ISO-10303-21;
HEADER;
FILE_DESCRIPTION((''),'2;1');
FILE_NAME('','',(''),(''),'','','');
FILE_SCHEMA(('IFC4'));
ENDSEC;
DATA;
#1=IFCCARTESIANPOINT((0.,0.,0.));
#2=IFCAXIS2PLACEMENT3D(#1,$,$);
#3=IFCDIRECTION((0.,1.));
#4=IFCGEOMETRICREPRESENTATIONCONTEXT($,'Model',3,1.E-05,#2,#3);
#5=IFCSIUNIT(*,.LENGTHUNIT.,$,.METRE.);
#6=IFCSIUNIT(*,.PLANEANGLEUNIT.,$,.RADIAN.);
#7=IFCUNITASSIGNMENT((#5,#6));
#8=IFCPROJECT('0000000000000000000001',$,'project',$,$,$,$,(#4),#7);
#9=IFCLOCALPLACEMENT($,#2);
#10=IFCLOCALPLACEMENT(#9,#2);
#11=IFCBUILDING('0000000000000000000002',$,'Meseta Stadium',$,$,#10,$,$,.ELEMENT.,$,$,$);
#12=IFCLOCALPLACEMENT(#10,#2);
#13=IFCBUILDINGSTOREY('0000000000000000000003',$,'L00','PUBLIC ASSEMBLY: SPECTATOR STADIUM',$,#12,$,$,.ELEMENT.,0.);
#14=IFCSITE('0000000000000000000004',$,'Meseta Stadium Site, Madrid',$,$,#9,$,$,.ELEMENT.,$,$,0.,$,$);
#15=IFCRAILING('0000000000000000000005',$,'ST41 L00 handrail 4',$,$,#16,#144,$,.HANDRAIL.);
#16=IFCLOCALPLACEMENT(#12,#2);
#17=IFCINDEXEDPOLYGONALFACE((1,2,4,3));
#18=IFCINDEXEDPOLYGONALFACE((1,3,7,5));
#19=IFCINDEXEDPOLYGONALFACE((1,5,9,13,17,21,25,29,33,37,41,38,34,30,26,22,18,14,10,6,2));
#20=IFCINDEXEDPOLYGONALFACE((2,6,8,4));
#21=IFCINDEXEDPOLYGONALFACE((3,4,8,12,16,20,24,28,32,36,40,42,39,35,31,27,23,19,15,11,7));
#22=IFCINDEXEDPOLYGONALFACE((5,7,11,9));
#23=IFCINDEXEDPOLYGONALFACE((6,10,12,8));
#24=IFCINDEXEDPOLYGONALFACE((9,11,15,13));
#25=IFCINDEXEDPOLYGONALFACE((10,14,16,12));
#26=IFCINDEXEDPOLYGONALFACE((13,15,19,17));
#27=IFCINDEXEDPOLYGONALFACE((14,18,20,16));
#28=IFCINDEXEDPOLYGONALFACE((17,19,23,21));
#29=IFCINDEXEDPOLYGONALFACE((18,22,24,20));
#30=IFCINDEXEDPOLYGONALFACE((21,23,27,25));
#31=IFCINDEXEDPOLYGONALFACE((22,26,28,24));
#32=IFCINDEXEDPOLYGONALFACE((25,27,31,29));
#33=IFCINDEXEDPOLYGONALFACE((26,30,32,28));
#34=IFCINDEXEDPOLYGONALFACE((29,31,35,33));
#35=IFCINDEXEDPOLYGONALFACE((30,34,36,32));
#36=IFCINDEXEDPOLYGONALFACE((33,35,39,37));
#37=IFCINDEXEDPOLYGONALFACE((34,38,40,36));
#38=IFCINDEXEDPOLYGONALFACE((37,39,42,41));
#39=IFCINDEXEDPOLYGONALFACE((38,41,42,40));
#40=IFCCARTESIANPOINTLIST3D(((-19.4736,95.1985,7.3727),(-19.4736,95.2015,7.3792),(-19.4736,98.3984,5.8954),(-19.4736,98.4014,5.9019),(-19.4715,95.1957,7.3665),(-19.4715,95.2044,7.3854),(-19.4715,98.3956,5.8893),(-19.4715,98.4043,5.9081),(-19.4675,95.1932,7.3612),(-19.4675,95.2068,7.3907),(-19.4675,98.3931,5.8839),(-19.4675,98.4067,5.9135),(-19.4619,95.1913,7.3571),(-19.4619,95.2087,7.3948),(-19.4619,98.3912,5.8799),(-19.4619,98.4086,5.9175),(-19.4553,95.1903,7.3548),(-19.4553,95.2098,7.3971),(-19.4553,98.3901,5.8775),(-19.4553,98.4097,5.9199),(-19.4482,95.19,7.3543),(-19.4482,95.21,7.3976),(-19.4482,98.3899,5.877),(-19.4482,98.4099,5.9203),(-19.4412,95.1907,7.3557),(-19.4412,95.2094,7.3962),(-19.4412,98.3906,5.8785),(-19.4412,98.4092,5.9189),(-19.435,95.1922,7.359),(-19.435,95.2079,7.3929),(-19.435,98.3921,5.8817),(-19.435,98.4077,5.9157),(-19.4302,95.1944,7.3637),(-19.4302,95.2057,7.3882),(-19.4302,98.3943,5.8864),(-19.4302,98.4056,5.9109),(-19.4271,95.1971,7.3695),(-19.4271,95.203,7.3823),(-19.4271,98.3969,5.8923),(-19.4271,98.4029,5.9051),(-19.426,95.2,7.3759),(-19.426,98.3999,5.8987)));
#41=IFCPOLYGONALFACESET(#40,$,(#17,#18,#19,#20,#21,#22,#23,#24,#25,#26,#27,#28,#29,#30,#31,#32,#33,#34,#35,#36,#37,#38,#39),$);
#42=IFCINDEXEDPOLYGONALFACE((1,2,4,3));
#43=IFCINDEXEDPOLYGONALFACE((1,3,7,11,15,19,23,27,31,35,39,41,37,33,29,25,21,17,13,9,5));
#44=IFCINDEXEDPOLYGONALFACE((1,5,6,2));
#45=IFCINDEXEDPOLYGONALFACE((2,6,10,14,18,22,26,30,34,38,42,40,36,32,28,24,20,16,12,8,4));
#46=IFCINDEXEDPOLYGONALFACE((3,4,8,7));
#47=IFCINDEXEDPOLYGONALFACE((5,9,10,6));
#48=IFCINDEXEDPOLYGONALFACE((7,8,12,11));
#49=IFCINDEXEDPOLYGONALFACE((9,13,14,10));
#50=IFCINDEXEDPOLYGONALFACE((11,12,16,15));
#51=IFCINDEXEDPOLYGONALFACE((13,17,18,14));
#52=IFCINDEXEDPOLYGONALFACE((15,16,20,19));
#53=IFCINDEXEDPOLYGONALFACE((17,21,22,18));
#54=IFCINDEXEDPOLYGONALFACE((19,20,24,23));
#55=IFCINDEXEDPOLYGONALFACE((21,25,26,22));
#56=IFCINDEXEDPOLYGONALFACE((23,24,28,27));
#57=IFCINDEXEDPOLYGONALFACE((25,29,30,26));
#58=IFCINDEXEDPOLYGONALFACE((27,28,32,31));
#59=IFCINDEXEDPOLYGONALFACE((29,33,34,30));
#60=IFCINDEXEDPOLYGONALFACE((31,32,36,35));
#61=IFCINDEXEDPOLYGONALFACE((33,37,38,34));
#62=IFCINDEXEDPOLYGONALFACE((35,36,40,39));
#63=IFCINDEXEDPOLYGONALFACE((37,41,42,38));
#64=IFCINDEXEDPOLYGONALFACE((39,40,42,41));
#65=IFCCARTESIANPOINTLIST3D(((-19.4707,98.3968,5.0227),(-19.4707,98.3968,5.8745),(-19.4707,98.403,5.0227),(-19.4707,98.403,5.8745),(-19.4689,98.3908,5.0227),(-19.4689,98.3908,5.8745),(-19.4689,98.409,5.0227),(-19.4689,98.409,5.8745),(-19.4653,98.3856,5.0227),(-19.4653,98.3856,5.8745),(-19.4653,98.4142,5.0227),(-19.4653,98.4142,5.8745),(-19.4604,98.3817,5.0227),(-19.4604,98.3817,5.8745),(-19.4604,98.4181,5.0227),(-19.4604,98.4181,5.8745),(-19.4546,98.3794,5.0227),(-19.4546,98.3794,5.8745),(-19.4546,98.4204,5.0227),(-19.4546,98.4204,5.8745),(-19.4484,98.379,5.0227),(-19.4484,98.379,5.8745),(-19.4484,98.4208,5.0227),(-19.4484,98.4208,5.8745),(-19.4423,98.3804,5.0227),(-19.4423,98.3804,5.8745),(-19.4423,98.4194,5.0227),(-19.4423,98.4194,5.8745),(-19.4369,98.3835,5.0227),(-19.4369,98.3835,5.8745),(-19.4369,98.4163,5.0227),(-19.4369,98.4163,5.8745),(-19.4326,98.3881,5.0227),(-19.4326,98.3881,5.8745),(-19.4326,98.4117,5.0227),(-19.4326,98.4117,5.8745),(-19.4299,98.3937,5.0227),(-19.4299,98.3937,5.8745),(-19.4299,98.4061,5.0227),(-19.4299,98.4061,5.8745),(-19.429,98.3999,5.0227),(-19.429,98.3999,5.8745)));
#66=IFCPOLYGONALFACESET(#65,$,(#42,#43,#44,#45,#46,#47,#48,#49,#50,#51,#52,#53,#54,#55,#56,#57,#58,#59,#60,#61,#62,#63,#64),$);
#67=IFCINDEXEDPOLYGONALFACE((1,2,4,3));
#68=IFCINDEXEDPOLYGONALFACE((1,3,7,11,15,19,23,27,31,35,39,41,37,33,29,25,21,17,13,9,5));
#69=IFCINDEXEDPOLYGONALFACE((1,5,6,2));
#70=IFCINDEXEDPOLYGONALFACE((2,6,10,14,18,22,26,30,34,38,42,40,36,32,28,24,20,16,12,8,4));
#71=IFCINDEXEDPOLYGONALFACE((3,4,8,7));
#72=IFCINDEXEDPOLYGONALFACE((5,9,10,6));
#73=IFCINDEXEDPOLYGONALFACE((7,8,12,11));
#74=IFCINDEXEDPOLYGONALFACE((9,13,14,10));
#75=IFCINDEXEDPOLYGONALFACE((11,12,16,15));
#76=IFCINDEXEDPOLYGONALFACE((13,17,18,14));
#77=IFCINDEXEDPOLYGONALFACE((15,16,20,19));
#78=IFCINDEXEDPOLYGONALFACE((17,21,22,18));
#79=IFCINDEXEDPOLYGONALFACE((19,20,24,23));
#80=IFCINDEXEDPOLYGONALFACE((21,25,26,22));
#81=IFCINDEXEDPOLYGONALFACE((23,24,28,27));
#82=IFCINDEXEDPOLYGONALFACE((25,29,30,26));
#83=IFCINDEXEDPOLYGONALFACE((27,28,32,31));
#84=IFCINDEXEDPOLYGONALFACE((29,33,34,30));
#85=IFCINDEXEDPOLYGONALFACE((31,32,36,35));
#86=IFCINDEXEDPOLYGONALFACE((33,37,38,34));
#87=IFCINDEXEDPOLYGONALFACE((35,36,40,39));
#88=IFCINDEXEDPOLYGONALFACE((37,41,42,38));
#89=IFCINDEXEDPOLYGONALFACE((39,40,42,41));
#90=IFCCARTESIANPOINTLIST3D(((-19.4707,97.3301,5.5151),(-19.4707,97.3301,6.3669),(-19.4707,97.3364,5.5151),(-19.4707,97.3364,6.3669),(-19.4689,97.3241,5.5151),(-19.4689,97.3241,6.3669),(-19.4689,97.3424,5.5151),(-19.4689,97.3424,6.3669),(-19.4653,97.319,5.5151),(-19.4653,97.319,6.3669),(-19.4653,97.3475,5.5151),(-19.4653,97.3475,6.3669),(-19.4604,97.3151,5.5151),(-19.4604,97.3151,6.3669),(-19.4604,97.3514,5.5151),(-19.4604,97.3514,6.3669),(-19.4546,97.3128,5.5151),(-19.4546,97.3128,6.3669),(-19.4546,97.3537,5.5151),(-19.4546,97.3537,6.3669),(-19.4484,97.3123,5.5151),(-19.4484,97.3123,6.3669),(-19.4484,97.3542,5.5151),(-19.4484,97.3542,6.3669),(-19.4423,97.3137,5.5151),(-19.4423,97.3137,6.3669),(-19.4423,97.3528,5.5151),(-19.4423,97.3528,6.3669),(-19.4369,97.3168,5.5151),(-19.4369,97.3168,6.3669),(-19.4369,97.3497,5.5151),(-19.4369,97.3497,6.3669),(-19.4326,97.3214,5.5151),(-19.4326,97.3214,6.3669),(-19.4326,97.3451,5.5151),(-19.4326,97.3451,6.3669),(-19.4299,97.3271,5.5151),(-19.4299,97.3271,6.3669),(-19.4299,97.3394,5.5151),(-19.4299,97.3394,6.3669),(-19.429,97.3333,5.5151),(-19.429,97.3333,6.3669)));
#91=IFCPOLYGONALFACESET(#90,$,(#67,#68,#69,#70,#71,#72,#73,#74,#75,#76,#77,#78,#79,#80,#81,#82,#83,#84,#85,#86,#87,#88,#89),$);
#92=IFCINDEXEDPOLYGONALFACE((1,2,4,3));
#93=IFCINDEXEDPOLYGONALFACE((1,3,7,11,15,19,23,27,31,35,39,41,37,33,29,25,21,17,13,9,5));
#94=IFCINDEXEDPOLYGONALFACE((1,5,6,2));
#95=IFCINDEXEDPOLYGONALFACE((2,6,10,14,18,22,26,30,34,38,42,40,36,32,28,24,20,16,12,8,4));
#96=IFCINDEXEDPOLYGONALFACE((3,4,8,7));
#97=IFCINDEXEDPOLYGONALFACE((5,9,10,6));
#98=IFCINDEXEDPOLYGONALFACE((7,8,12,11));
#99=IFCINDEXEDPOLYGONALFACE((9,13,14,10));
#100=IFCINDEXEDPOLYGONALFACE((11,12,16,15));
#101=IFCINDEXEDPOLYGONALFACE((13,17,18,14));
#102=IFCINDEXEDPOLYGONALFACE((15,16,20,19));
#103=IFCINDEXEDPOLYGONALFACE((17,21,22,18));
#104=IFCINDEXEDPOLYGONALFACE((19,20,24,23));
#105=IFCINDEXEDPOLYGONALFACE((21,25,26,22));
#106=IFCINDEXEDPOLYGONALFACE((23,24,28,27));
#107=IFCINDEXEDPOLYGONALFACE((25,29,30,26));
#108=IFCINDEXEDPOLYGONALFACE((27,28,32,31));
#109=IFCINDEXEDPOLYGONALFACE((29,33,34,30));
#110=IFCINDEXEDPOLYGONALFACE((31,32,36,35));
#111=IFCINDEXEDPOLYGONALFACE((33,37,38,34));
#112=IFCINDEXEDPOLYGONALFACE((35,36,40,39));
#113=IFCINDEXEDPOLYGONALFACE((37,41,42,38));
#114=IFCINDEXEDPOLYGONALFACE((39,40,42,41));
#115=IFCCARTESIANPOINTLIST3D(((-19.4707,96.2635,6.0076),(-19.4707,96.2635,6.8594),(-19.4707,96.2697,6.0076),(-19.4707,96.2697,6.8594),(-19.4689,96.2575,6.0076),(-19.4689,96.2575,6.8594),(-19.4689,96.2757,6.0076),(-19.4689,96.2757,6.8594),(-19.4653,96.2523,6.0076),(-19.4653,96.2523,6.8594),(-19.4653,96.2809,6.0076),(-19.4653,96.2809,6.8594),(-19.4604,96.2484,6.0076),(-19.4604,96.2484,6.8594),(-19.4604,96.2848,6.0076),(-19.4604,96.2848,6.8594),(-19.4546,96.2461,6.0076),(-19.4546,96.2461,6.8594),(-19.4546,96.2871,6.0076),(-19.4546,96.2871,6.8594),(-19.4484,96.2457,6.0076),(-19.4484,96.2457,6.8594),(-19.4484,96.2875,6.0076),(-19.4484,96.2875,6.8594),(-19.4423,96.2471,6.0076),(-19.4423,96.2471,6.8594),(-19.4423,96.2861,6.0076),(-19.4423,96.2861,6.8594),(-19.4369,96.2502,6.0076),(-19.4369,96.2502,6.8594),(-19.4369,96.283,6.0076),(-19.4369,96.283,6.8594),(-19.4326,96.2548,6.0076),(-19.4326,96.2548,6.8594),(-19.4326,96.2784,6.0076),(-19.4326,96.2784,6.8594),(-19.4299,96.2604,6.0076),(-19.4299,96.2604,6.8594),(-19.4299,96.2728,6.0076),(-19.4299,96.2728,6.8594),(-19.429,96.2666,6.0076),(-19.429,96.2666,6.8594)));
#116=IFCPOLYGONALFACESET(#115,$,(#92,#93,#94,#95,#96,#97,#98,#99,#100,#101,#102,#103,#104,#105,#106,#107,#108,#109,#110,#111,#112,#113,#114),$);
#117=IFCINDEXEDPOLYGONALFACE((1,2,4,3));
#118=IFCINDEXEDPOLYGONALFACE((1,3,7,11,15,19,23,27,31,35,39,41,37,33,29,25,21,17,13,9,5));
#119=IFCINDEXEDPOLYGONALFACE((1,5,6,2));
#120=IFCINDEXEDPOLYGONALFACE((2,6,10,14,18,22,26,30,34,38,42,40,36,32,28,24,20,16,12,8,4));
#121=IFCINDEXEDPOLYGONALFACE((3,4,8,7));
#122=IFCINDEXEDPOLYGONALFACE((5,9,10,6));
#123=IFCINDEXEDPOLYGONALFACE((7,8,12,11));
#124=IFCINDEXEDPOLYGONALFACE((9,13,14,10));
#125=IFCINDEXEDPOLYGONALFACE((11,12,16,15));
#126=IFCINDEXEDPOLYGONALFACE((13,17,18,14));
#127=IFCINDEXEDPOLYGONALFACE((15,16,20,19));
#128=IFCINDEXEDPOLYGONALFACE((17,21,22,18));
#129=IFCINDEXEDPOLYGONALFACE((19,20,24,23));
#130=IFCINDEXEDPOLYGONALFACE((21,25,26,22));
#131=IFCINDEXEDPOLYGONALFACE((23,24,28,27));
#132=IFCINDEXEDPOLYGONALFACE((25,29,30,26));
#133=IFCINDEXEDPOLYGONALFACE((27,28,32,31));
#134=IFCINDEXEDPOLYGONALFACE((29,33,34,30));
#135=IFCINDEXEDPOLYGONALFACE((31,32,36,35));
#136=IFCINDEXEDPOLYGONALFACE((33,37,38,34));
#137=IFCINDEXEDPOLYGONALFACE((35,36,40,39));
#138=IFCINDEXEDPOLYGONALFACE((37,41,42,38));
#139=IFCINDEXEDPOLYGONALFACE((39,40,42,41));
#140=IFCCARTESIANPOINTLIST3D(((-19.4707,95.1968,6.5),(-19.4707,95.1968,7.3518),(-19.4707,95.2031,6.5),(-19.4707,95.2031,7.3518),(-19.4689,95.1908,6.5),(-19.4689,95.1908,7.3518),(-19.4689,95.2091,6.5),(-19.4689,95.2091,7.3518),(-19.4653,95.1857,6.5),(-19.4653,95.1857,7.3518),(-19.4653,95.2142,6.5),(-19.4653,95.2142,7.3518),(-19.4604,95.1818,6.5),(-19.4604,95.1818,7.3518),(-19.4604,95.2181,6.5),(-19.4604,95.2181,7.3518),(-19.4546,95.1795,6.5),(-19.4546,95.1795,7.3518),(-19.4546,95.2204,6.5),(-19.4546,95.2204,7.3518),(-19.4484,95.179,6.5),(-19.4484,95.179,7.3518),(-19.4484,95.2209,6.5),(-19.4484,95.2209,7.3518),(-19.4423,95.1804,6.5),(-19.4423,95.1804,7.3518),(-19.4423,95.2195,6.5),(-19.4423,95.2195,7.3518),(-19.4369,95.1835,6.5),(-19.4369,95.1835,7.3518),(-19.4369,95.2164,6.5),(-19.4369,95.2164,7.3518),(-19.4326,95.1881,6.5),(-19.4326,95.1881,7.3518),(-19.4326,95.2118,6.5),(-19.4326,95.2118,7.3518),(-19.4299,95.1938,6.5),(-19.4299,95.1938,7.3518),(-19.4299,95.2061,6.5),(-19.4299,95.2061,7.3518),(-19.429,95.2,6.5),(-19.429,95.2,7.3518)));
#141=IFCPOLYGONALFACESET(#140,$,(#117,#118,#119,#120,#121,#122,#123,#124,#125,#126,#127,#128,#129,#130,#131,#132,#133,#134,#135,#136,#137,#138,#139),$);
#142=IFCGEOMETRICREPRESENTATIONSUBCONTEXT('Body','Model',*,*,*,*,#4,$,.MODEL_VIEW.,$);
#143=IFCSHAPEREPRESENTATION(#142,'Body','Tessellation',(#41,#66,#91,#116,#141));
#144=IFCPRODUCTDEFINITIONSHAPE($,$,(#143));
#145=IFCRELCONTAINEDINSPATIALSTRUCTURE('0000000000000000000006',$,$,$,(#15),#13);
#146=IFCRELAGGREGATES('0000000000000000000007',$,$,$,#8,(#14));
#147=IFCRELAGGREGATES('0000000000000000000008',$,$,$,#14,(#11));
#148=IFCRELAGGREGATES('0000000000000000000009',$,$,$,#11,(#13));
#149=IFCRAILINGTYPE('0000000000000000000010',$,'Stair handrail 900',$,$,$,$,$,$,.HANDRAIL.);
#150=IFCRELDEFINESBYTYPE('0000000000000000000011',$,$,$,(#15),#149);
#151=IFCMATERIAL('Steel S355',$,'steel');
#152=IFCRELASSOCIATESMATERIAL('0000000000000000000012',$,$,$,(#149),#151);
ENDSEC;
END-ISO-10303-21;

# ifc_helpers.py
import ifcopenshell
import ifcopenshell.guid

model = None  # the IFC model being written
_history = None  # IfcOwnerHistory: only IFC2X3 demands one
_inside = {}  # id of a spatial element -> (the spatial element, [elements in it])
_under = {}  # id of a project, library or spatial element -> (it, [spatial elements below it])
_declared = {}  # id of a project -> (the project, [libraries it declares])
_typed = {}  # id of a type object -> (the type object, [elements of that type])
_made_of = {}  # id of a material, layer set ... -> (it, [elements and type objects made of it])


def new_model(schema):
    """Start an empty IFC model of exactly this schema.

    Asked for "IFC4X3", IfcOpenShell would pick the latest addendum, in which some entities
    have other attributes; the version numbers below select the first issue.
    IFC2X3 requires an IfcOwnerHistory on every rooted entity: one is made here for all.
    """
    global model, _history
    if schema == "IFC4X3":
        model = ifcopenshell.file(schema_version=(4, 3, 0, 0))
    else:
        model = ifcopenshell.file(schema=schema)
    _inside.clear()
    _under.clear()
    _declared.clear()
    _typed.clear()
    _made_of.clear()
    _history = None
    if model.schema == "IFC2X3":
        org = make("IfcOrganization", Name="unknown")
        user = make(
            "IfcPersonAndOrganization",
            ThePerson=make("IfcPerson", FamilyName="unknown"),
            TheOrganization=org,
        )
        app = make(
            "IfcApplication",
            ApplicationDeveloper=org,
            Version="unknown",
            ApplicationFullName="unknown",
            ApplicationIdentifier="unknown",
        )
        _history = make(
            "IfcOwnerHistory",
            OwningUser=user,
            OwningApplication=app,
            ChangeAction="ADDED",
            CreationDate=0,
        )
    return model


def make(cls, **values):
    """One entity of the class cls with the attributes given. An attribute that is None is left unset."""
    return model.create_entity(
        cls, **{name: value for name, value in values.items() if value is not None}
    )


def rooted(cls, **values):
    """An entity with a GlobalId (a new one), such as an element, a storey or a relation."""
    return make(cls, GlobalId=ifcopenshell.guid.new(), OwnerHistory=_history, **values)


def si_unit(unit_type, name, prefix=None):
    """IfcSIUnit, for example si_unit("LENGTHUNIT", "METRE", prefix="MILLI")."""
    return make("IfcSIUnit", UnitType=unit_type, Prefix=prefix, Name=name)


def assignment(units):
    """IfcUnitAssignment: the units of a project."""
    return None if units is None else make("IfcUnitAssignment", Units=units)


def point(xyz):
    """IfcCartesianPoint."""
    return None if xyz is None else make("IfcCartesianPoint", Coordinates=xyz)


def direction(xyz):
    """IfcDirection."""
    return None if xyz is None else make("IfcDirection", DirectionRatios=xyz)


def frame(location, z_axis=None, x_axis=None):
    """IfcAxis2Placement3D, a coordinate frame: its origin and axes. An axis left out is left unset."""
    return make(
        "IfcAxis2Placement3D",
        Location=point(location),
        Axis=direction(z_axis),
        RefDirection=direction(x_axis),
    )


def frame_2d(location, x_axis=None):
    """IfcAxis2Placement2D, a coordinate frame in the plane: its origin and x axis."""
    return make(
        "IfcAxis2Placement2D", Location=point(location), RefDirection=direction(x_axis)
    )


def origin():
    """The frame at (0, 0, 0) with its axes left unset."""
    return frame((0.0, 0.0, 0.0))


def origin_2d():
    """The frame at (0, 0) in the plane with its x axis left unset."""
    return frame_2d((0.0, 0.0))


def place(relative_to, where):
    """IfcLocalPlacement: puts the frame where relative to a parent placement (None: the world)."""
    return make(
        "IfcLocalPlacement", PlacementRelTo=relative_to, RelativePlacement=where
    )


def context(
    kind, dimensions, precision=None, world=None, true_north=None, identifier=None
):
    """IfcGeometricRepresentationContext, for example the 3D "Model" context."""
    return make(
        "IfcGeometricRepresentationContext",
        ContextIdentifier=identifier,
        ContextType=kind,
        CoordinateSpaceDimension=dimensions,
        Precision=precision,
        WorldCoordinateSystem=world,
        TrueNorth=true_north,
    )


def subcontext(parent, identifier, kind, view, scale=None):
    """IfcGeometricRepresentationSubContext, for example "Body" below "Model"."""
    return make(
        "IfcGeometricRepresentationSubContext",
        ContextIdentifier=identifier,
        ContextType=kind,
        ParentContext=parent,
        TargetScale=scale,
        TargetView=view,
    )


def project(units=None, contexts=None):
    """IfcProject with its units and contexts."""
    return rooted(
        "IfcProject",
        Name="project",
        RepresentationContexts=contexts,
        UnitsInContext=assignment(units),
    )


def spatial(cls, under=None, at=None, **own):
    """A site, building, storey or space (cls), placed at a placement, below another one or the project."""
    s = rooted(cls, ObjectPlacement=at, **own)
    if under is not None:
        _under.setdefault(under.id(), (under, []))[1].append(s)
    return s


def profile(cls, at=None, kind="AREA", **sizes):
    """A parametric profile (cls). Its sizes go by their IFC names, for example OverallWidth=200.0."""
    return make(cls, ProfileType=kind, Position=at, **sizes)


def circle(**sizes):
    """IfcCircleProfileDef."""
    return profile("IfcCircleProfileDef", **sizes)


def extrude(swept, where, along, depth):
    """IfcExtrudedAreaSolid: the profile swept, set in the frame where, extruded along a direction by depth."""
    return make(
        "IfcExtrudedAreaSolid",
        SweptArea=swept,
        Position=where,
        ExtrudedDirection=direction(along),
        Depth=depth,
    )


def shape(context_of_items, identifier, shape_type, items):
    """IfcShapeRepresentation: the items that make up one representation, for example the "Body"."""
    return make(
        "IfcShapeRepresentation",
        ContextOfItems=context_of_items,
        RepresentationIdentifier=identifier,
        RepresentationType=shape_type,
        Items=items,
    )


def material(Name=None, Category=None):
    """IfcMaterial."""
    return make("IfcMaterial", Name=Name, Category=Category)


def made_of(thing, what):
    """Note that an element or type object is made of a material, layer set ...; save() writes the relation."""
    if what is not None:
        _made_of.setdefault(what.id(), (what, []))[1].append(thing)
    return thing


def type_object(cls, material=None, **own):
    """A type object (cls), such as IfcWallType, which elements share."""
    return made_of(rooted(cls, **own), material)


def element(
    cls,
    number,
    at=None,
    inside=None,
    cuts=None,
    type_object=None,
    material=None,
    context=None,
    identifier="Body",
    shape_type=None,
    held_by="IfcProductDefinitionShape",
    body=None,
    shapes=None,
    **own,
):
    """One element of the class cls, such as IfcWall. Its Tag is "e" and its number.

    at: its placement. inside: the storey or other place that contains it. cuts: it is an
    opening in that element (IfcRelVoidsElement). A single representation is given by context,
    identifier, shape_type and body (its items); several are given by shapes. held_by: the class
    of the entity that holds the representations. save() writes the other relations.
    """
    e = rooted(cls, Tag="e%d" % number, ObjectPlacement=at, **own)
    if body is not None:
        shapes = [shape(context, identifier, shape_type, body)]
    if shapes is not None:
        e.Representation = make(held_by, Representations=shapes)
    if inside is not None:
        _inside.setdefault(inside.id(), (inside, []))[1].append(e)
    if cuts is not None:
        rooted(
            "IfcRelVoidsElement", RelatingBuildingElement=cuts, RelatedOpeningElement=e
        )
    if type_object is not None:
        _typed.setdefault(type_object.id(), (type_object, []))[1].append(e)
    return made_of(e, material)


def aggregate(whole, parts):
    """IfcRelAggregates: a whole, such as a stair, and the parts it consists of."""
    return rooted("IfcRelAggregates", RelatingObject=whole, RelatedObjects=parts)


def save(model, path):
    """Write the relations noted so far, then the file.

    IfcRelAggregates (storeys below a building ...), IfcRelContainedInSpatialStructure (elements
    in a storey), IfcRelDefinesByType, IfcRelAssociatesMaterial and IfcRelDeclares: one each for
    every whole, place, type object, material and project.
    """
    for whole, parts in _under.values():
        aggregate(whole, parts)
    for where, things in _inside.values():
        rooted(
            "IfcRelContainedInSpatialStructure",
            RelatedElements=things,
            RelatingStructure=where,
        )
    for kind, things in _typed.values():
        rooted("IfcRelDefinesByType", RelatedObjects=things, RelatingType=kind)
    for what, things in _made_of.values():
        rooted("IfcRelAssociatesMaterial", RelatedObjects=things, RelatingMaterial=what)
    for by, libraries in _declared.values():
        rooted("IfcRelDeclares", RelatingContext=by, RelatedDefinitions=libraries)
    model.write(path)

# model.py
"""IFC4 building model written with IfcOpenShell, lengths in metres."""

from ifc_helpers import new_model, si_unit, direction, frame, origin, origin_2d, place, context, subcontext, project, spatial, circle, extrude, material, type_object, element, save


model = new_model("IFC4")

# Units and contexts
model_context = context("Model", 3, precision=1e-05, world=origin(), true_north=direction((0.0, 1.0)))
body_context = subcontext(model_context, "Body", "Model", "MODEL_VIEW")
ifc_project = project(units=[si_unit("LENGTHUNIT", "METRE"), si_unit("PLANEANGLEUNIT", "RADIAN")], contexts=[model_context])

# Site, building, storey
site_placement = place(None, origin())
site = spatial("IfcSite", under=ifc_project, at=site_placement, Name="Meseta Stadium Site, Madrid", CompositionType="ELEMENT", RefElevation=0.0)
building_placement = place(site_placement, origin())
building = spatial("IfcBuilding", under=site, at=building_placement, Name="Meseta Stadium", CompositionType="ELEMENT")
storey_placement = place(building_placement, origin())
storey = spatial("IfcBuildingStorey", under=building, at=storey_placement, Name="L00", Description="PUBLIC ASSEMBLY: SPECTATOR STADIUM", CompositionType="ELEMENT", Elevation=0.0)

# Railing
ifc_material_1 = material(Name="Steel S355", Category="steel")
railing_type_1 = type_object("IfcRailingType", Name="Stair handrail 900", PredefinedType="HANDRAIL", material=ifc_material_1)
railing_1_placement = place(storey_placement, frame((-19.45, 98.3999, 5.0227)))
element("IfcRailing", 1, at=railing_1_placement, inside=storey, type_object=railing_type_1, Name="ST41 L00 handrail 4", PredefinedType="HANDRAIL", context=body_context, shape_type="SweptSolid", body=[
    extrude(circle(Radius=0.0239, at=origin_2d()), frame((0.0, 0.0, 0.876), z_axis=(0.0, -0.907917, 0.41915), x_axis=(1.0, 0.0, 0.0)), (0.0, 0.0, 1.0), 3.5244),
    extrude(circle(Radius=0.021, at=origin_2d()), origin(), (0.0, 0.0, 1.0), 0.8518),
    extrude(circle(Radius=0.021, at=origin_2d()), frame((0.0, -1.0667, 0.4924)), (0.0, 0.0, 1.0), 0.8518),
    extrude(circle(Radius=0.021, at=origin_2d()), frame((0.0, -2.1333, 0.9849)), (0.0, 0.0, 1.0), 0.8518),
    extrude(circle(Radius=0.021, at=origin_2d()), frame((0.0, -3.2, 1.4773)), (0.0, 0.0, 1.0), 0.8518),
])

save(model, "model.ifc")
